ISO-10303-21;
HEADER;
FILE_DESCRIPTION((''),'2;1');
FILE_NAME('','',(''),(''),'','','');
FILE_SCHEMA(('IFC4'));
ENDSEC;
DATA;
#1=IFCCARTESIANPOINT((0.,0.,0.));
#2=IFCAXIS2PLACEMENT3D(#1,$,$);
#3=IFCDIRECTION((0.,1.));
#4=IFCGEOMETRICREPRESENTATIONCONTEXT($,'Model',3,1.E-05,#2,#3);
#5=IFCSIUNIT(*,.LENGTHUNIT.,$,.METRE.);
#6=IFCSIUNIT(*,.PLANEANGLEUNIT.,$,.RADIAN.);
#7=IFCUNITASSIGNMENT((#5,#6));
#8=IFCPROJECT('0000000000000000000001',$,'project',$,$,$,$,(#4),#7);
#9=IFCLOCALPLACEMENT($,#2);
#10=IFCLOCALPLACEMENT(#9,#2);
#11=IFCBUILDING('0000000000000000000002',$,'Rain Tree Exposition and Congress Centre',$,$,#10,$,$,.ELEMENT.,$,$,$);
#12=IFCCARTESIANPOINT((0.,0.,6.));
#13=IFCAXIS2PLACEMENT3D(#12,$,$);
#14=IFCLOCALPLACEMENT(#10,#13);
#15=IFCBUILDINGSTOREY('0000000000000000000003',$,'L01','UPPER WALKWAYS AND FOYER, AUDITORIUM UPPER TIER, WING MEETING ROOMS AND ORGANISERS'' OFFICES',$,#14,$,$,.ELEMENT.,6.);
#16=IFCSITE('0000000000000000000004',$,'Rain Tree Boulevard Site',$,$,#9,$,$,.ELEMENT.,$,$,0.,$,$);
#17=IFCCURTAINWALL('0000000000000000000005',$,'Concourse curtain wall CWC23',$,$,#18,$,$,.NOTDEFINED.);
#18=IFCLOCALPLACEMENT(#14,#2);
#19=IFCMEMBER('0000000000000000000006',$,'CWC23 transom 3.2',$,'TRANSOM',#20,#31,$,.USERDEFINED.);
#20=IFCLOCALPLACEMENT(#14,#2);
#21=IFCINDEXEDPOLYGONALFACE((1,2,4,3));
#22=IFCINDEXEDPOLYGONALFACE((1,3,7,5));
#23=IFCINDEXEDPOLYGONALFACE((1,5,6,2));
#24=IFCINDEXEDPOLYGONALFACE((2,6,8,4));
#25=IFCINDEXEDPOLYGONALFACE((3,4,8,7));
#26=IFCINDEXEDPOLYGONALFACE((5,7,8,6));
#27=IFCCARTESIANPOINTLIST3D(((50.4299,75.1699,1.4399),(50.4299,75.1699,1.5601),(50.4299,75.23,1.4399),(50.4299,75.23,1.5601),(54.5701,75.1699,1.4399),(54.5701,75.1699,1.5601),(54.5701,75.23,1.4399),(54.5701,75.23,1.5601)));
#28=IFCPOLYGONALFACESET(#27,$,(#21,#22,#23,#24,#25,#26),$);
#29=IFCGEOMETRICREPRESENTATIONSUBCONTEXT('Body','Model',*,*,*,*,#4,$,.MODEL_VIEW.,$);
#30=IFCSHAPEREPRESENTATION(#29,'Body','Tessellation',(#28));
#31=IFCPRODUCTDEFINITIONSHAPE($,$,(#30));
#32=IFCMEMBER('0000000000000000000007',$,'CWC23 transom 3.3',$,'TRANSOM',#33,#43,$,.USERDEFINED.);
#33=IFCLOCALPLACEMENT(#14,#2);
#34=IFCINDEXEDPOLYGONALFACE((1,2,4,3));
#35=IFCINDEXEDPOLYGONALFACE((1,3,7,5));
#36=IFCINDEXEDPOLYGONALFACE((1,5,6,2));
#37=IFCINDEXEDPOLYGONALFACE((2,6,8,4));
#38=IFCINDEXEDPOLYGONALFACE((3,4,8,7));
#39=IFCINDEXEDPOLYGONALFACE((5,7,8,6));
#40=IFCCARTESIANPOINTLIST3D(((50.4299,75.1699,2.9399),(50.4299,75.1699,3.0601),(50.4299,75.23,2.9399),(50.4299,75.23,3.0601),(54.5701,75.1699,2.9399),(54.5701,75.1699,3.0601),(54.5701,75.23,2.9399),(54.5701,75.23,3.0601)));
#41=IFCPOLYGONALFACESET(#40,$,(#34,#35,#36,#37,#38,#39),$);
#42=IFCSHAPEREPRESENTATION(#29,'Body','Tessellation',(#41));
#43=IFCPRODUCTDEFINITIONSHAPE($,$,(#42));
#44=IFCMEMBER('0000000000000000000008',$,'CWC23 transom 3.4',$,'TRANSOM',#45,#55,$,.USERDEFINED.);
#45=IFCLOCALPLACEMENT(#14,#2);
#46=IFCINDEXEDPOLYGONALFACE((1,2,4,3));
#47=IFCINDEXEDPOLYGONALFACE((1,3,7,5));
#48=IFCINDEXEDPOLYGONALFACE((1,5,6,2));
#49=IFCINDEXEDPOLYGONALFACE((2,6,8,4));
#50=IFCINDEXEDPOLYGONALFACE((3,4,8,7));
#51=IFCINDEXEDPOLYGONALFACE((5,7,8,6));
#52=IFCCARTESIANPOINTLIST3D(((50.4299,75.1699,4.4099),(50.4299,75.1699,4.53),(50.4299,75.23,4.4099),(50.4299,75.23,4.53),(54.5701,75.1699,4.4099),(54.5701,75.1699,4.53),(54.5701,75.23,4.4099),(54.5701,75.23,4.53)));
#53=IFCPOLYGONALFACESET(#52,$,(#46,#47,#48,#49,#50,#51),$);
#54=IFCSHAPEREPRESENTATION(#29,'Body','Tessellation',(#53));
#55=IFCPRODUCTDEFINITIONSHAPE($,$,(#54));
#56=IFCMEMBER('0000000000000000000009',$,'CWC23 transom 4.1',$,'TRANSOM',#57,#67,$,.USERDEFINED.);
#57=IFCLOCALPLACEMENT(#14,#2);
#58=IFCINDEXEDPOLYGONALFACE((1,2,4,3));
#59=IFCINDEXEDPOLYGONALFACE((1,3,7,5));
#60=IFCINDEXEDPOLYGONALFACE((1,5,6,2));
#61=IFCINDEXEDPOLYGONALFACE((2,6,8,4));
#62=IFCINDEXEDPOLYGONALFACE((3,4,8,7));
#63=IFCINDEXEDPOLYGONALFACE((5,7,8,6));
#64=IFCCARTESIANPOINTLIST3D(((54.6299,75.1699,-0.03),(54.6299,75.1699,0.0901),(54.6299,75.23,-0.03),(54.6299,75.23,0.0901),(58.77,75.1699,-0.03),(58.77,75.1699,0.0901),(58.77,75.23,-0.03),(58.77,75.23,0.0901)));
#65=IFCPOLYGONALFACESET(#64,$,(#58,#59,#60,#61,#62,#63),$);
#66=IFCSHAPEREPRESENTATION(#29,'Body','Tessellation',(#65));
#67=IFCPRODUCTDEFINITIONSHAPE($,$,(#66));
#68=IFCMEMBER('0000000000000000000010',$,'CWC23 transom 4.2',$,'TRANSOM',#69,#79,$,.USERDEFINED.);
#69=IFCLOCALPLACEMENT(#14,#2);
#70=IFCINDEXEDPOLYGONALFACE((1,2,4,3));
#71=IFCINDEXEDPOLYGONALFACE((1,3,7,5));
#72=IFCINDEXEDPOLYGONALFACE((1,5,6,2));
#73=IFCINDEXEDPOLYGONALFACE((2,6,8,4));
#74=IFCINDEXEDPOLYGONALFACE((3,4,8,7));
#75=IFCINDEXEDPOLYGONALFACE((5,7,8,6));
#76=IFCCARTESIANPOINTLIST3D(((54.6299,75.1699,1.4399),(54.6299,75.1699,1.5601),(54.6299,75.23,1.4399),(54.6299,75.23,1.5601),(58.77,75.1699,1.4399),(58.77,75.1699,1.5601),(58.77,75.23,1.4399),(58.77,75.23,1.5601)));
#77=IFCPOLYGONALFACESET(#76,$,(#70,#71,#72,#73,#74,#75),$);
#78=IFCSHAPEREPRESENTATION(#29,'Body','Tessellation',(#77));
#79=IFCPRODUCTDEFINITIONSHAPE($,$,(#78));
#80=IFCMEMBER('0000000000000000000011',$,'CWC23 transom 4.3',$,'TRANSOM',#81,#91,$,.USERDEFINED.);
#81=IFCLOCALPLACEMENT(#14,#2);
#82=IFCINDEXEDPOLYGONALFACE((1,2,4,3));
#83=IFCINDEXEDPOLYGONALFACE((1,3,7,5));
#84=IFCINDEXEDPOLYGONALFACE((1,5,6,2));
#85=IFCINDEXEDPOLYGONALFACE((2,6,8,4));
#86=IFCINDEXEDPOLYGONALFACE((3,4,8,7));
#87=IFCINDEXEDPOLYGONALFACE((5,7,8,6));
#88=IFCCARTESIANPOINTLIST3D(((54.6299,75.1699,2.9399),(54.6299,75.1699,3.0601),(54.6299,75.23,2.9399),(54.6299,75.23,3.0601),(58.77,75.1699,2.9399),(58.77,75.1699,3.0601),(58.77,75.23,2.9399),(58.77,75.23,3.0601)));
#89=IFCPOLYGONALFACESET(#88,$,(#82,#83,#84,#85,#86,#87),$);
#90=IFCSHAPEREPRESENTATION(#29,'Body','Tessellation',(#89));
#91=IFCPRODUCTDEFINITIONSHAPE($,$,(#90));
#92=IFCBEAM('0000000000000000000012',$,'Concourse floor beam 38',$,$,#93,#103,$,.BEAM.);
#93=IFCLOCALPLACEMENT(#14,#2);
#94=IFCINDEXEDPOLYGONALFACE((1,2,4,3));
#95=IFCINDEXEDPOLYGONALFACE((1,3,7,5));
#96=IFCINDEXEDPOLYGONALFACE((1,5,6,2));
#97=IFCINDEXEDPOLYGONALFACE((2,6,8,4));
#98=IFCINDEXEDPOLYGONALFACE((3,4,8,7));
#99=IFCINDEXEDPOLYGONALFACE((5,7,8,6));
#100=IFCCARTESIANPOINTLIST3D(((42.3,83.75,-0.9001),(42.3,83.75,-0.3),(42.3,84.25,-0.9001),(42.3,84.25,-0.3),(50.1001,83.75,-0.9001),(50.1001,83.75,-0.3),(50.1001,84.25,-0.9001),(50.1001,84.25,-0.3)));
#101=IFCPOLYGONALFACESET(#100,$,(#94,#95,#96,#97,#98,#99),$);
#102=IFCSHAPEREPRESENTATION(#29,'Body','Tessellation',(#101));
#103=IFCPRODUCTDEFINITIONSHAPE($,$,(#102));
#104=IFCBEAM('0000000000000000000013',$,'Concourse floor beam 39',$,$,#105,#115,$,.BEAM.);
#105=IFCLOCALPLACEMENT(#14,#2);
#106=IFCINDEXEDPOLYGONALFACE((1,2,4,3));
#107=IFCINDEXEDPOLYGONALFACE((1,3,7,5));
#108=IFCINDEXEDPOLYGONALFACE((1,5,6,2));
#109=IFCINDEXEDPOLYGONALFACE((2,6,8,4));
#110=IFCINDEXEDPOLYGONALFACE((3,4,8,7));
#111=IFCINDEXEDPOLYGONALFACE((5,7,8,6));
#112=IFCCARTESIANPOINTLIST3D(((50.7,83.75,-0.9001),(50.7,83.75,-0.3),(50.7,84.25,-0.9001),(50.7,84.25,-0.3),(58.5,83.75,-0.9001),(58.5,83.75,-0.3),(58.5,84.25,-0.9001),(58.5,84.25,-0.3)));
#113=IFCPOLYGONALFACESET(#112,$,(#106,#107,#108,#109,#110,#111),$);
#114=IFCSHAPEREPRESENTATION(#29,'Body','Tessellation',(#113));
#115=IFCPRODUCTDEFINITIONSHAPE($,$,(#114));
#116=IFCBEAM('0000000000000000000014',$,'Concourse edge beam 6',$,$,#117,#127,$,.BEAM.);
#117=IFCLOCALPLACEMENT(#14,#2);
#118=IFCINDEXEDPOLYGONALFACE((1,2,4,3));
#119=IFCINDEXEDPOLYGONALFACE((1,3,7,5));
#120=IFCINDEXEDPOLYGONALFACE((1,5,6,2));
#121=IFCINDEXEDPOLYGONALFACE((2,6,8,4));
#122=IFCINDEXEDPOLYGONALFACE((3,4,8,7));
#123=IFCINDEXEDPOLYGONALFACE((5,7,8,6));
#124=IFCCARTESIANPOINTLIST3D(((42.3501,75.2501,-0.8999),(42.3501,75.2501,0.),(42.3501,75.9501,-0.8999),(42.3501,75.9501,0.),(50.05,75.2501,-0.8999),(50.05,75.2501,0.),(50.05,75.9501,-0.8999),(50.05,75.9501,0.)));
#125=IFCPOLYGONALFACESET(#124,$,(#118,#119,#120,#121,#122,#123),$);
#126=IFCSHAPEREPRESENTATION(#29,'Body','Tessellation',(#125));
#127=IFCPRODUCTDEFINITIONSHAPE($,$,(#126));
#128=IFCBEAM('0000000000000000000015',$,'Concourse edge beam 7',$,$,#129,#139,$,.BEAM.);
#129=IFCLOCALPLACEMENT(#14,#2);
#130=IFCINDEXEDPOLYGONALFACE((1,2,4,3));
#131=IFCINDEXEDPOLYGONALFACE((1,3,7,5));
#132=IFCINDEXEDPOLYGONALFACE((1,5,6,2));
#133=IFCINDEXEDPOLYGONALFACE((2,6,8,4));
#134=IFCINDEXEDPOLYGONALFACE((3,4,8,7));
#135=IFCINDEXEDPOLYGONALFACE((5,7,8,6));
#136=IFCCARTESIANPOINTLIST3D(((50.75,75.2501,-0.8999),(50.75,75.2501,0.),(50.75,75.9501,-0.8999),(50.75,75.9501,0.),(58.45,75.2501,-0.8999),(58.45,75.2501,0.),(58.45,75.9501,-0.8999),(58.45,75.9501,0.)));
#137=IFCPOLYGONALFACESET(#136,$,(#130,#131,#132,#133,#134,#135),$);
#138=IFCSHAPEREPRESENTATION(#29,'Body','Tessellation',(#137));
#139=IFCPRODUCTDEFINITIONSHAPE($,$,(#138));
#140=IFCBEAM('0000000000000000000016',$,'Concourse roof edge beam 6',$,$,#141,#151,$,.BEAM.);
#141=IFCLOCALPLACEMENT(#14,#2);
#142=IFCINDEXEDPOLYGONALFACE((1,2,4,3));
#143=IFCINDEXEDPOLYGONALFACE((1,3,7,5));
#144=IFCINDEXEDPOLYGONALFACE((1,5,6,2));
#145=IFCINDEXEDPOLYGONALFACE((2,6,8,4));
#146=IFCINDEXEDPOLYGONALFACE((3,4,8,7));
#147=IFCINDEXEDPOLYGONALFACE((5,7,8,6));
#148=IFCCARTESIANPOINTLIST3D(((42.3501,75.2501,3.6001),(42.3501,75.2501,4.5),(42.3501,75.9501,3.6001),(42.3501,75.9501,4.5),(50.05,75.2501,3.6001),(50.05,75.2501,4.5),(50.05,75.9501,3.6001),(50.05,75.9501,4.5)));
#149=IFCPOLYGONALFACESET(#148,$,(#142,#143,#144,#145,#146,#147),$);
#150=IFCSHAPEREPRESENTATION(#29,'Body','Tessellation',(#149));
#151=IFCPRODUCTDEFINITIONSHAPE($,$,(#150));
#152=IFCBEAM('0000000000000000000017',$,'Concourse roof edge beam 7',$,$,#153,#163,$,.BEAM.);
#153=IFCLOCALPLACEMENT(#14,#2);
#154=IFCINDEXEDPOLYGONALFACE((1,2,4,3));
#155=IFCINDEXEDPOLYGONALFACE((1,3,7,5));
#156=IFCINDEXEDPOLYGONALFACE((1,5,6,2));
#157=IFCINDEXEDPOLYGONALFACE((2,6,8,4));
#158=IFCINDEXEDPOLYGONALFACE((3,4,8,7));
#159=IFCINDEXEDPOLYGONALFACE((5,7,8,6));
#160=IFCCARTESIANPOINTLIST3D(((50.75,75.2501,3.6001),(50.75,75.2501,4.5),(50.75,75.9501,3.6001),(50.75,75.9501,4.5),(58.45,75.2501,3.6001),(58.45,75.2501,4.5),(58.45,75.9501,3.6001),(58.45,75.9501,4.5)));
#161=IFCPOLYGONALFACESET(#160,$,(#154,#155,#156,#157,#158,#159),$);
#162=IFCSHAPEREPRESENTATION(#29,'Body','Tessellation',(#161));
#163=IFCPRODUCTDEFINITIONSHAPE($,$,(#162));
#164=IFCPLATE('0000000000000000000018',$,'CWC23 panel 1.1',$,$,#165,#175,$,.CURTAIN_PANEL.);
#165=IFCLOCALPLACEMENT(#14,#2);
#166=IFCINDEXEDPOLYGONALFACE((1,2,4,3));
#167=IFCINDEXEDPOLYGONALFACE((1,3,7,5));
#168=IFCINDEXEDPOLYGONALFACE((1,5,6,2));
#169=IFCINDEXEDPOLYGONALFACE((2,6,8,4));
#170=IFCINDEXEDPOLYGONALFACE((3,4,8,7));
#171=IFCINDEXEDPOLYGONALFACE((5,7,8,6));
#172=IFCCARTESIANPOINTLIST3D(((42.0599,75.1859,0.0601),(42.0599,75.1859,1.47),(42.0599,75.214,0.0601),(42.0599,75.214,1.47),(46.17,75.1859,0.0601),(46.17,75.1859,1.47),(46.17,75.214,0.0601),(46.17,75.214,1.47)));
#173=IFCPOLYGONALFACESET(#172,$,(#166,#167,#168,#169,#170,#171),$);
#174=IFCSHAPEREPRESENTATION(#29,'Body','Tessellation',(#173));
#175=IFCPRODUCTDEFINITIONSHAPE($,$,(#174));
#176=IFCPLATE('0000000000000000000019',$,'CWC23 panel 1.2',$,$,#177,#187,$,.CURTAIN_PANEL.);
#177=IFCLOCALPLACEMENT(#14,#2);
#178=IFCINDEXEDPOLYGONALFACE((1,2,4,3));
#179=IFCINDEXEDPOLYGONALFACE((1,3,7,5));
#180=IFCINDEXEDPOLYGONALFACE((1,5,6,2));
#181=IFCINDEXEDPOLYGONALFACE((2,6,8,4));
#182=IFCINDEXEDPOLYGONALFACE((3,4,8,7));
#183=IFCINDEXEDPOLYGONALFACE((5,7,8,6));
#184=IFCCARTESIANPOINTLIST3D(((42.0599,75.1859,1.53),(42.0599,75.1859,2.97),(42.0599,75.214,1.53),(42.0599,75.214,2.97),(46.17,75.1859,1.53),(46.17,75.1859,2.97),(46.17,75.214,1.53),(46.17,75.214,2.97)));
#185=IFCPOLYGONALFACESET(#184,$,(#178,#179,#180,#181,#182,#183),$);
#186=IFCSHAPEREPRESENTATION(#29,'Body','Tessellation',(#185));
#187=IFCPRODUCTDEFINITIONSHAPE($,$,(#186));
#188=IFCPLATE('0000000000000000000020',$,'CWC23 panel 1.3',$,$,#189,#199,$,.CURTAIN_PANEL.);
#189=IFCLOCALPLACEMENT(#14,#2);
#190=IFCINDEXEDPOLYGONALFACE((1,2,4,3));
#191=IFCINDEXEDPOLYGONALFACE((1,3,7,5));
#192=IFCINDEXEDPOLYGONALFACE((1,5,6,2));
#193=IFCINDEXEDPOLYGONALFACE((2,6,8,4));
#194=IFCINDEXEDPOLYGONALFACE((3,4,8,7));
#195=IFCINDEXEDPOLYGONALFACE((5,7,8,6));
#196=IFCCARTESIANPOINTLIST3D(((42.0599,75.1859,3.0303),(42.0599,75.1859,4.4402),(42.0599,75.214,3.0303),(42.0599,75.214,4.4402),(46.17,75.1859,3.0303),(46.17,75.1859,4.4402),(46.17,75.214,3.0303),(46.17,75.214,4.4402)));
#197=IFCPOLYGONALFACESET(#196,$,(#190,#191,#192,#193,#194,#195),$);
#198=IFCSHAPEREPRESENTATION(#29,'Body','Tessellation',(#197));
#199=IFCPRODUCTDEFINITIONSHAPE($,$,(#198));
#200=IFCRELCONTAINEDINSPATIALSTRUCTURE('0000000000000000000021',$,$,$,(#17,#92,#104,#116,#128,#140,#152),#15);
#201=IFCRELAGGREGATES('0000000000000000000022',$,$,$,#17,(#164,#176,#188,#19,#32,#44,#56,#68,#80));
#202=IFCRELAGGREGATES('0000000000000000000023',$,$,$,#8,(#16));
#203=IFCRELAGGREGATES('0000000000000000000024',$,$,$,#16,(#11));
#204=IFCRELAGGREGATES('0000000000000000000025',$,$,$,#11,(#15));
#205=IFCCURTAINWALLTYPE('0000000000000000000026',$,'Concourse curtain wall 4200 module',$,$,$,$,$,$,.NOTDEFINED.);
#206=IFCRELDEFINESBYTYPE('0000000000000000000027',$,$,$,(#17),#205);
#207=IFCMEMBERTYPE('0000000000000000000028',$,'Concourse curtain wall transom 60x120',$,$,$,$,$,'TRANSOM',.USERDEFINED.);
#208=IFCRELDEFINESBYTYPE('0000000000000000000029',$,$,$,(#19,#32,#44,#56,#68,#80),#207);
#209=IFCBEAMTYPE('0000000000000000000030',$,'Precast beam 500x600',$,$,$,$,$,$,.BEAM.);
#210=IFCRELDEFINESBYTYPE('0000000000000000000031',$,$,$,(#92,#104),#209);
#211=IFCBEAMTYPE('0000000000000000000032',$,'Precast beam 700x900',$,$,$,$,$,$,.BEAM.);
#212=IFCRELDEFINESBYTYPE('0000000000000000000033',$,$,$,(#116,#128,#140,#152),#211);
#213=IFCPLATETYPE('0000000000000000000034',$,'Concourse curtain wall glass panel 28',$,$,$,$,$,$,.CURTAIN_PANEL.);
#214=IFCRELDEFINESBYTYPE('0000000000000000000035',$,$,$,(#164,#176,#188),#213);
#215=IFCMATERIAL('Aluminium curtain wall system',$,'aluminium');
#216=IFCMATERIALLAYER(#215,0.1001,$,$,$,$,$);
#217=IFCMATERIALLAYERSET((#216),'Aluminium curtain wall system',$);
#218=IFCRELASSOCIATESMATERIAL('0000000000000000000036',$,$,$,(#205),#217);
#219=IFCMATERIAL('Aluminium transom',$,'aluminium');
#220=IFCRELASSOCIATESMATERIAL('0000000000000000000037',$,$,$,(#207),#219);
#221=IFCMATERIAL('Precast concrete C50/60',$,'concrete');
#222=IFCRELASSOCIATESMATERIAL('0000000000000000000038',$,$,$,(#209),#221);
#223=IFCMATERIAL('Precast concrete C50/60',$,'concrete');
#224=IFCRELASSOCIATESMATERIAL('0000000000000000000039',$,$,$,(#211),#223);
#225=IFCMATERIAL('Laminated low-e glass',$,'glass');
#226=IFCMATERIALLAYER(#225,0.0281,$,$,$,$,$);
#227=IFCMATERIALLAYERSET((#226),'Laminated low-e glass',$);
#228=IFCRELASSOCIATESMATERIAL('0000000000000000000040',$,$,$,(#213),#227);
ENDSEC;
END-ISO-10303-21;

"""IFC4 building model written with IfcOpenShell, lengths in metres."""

from ifc_helpers import new_model, si_unit, direction, frame, origin, origin_2d, place, context, subcontext, project, spatial, rectangle, extrude, material, layer, layer_set, material_profile, profile_set, type_object, element, aggregate, save


model = new_model("IFC4")

# Units and contexts
model_context = context("Model", 3, precision=1e-05, world=origin(), true_north=direction((0.0, 1.0)))
body_context = subcontext(model_context, "Body", "Model", "MODEL_VIEW")
ifc_project = project(units=[si_unit("LENGTHUNIT", "METRE"), si_unit("PLANEANGLEUNIT", "RADIAN")], contexts=[model_context])

# Site, building, storey
site_placement = place(None, origin())
site = spatial("IfcSite", under=ifc_project, at=site_placement, Name="Rain Tree Boulevard Site", CompositionType="ELEMENT", RefElevation=0.0)
building_placement = place(site_placement, origin())
building = spatial("IfcBuilding", under=site, at=building_placement, Name="Rain Tree Exposition and Congress Centre", CompositionType="ELEMENT")
storey_placement = place(building_placement, frame((0.0, 0.0, 6.0)))
storey = spatial("IfcBuildingStorey", under=building, at=storey_placement, Name="L01", Description="UPPER WALKWAYS AND FOYER, AUDITORIUM UPPER TIER, WING MEETING ROOMS AND ORGANISERS' OFFICES", CompositionType="ELEMENT", Elevation=6.0)

# Curtain wall, members
ifc_material_1 = material(Name="Aluminium curtain wall system", Category="aluminium")
ifc_layer_1 = layer(ifc_material_1, 0.1001)
ifc_layer_set_1 = layer_set([ifc_layer_1], Name="Aluminium curtain wall system")
curtain_wall_type = type_object("IfcCurtainWallType", Name="Concourse curtain wall 4200 module", PredefinedType="NOTDEFINED", material=ifc_layer_set_1)
curtain_wall_placement = place(storey_placement, origin())
curtain_wall = element("IfcCurtainWall", 1, at=curtain_wall_placement, inside=storey, type_object=curtain_wall_type, Name="Concourse curtain wall CWC23", PredefinedType="NOTDEFINED")
ifc_material_2 = material(Name="Aluminium transom", Category="aluminium")
ifc_material_profile_1 = material_profile(ifc_material_2, rectangle(XDim=0.0601, YDim=0.1201, at=origin_2d()), Name="AL 60x120")
ifc_profile_set_1 = profile_set([ifc_material_profile_1], Name="Aluminium transom")
member_type_1 = type_object("IfcMemberType", Name="Concourse curtain wall transom 60x120", ElementType="TRANSOM", PredefinedType="USERDEFINED", material=ifc_profile_set_1)
member_1_placement = place(storey_placement, frame((50.4299, 75.2, 1.5), z_axis=(1.0, 0.0, 0.0), x_axis=(0.0, 1.0, 0.0)))
member_1 = element("IfcMember", 2, at=member_1_placement, type_object=member_type_1, Name="CWC23 transom 3.2", ObjectType="TRANSOM", PredefinedType="USERDEFINED", context=body_context, shape_type="SweptSolid", body=[
    extrude(rectangle(XDim=0.0601, YDim=0.1201, at=origin_2d()), origin(), (0.0, 0.0, 1.0), 4.1401),
])
member_2_placement = place(storey_placement, frame((50.4299, 75.2, 3.0), z_axis=(1.0, 0.0, 0.0), x_axis=(0.0, 1.0, 0.0)))
member_2 = element("IfcMember", 3, at=member_2_placement, type_object=member_type_1, Name="CWC23 transom 3.3", ObjectType="TRANSOM", PredefinedType="USERDEFINED", context=body_context, shape_type="SweptSolid", body=[
    extrude(rectangle(XDim=0.0601, YDim=0.1201, at=origin_2d()), origin(), (0.0, 0.0, 1.0), 4.1401),
])
member_3_placement = place(storey_placement, frame((50.4299, 75.2, 4.47), z_axis=(1.0, 0.0, 0.0), x_axis=(0.0, 1.0, 0.0)))
member_3 = element("IfcMember", 4, at=member_3_placement, type_object=member_type_1, Name="CWC23 transom 3.4", ObjectType="TRANSOM", PredefinedType="USERDEFINED", context=body_context, shape_type="SweptSolid", body=[
    extrude(rectangle(XDim=0.0601, YDim=0.1201, at=origin_2d()), origin(), (0.0, 0.0, 1.0), 4.1401),
])
member_4_placement = place(storey_placement, frame((54.6299, 75.2, 0.03), z_axis=(1.0, 0.0, 0.0), x_axis=(0.0, 1.0, 0.0)))
member_4 = element("IfcMember", 5, at=member_4_placement, type_object=member_type_1, Name="CWC23 transom 4.1", ObjectType="TRANSOM", PredefinedType="USERDEFINED", context=body_context, shape_type="SweptSolid", body=[
    extrude(rectangle(XDim=0.0601, YDim=0.1201, at=origin_2d()), origin(), (0.0, 0.0, 1.0), 4.1401),
])
member_5_placement = place(storey_placement, frame((54.6299, 75.2, 1.5), z_axis=(1.0, 0.0, 0.0), x_axis=(0.0, 1.0, 0.0)))
member_5 = element("IfcMember", 6, at=member_5_placement, type_object=member_type_1, Name="CWC23 transom 4.2", ObjectType="TRANSOM", PredefinedType="USERDEFINED", context=body_context, shape_type="SweptSolid", body=[
    extrude(rectangle(XDim=0.0601, YDim=0.1201, at=origin_2d()), origin(), (0.0, 0.0, 1.0), 4.1401),
])
member_6_placement = place(storey_placement, frame((54.6299, 75.2, 3.0), z_axis=(1.0, 0.0, 0.0), x_axis=(0.0, 1.0, 0.0)))
member_6 = element("IfcMember", 7, at=member_6_placement, type_object=member_type_1, Name="CWC23 transom 4.3", ObjectType="TRANSOM", PredefinedType="USERDEFINED", context=body_context, shape_type="SweptSolid", body=[
    extrude(rectangle(XDim=0.0601, YDim=0.1201, at=origin_2d()), origin(), (0.0, 0.0, 1.0), 4.1401),
])

# Beams
ifc_material_3 = material(Name="Precast concrete C50/60", Category="concrete")
ifc_material_profile_2 = material_profile(ifc_material_3, rectangle(XDim=0.5, YDim=0.6001, at=origin_2d()), Name="RC 500x600")
ifc_profile_set_2 = profile_set([ifc_material_profile_2], Name="Precast concrete C50/60")
beam_type_1 = type_object("IfcBeamType", Name="Precast beam 500x600", PredefinedType="BEAM", material=ifc_profile_set_2)
for number, where, z_axis, x_axis, name in (
    (8, (42.3, 84.0, -0.6001), (1.0, 0.0, 0.0), (0.0, 1.0, 0.0), "Concourse floor beam 38"),
    (9, (50.7, 84.0, -0.6001), (1.0, 0.0, 0.0), (0.0, 1.0, 0.0), "Concourse floor beam 39"),
):
    element("IfcBeam", number, at=place(storey_placement, frame(where, z_axis=z_axis, x_axis=x_axis)), inside=storey, type_object=beam_type_1, Name=name, PredefinedType="BEAM", context=body_context, shape_type="SweptSolid", body=[
        extrude(rectangle(XDim=0.5, YDim=0.6001, at=origin_2d()), origin(), (0.0, 0.0, 1.0), 7.8),
    ])
ifc_material_4 = material(Name="Precast concrete C50/60", Category="concrete")
ifc_material_profile_3 = material_profile(ifc_material_4, rectangle(XDim=0.7, YDim=0.8999, at=origin_2d()), Name="RC 700x900")
ifc_profile_set_3 = profile_set([ifc_material_profile_3], Name="Precast concrete C50/60")
beam_type_2 = type_object("IfcBeamType", Name="Precast beam 700x900", PredefinedType="BEAM", material=ifc_profile_set_3)
for number, where, z_axis, x_axis, name in (
    (10, (42.3501, 75.6001, -0.45), (1.0, 0.0, 0.0), (0.0, 1.0, 0.0), "Concourse edge beam 6"),
    (11, (50.75, 75.6001, -0.45), (1.0, 0.0, 0.0), (0.0, 1.0, 0.0), "Concourse edge beam 7"),
    (12, (42.3501, 75.6001, 4.05), (1.0, 0.0, 0.0), (0.0, 1.0, 0.0), "Concourse roof edge beam 6"),
    (13, (50.75, 75.6001, 4.05), (1.0, 0.0, 0.0), (0.0, 1.0, 0.0), "Concourse roof edge beam 7"),
):
    element("IfcBeam", number, at=place(storey_placement, frame(where, z_axis=z_axis, x_axis=x_axis)), inside=storey, type_object=beam_type_2, Name=name, PredefinedType="BEAM", context=body_context, shape_type="SweptSolid", body=[
        extrude(rectangle(XDim=0.7, YDim=0.8999, at=origin_2d()), origin(), (0.0, 0.0, 1.0), 7.7),
    ])

# Plates
ifc_material_5 = material(Name="Laminated low-e glass", Category="glass")
ifc_layer_2 = layer(ifc_material_5, 0.0281)
ifc_layer_set_2 = layer_set([ifc_layer_2], Name="Laminated low-e glass")
plate_type = type_object("IfcPlateType", Name="Concourse curtain wall glass panel 28", PredefinedType="CURTAIN_PANEL", material=ifc_layer_set_2)
plate_1_placement = place(storey_placement, frame((44.115, 75.2, 0.0601), z_axis=(0.0, 0.0, 1.0), x_axis=(1.0, 0.0, 0.0)))
plate_1 = element("IfcPlate", 14, at=plate_1_placement, type_object=plate_type, Name="CWC23 panel 1.1", PredefinedType="CURTAIN_PANEL", context=body_context, shape_type="SweptSolid", body=[
    extrude(rectangle(XDim=4.1101, YDim=0.0281, at=origin_2d()), origin(), (0.0, 0.0, 1.0), 1.4099),
])
plate_2_placement = place(storey_placement, frame((44.115, 75.2, 1.53), z_axis=(0.0, 0.0, 1.0), x_axis=(1.0, 0.0, 0.0)))
plate_2 = element("IfcPlate", 15, at=plate_2_placement, type_object=plate_type, Name="CWC23 panel 1.2", PredefinedType="CURTAIN_PANEL", context=body_context, shape_type="SweptSolid", body=[
    extrude(rectangle(XDim=4.1101, YDim=0.0281, at=origin_2d()), origin(), (0.0, 0.0, 1.0), 1.4399),
])
plate_3_placement = place(storey_placement, frame((44.115, 75.2, 3.0303), z_axis=(0.0, 0.0, 1.0), x_axis=(1.0, 0.0, 0.0)))
plate_3 = element("IfcPlate", 16, at=plate_3_placement, type_object=plate_type, Name="CWC23 panel 1.3", PredefinedType="CURTAIN_PANEL", context=body_context, shape_type="SweptSolid", body=[
    extrude(rectangle(XDim=4.1101, YDim=0.0281, at=origin_2d()), origin(), (0.0, 0.0, 1.0), 1.4099),
])
aggregate(curtain_wall, [plate_1, plate_2, plate_3, member_1, member_2, member_3, member_4, member_5, member_6])

save(model, "model.ifc")
